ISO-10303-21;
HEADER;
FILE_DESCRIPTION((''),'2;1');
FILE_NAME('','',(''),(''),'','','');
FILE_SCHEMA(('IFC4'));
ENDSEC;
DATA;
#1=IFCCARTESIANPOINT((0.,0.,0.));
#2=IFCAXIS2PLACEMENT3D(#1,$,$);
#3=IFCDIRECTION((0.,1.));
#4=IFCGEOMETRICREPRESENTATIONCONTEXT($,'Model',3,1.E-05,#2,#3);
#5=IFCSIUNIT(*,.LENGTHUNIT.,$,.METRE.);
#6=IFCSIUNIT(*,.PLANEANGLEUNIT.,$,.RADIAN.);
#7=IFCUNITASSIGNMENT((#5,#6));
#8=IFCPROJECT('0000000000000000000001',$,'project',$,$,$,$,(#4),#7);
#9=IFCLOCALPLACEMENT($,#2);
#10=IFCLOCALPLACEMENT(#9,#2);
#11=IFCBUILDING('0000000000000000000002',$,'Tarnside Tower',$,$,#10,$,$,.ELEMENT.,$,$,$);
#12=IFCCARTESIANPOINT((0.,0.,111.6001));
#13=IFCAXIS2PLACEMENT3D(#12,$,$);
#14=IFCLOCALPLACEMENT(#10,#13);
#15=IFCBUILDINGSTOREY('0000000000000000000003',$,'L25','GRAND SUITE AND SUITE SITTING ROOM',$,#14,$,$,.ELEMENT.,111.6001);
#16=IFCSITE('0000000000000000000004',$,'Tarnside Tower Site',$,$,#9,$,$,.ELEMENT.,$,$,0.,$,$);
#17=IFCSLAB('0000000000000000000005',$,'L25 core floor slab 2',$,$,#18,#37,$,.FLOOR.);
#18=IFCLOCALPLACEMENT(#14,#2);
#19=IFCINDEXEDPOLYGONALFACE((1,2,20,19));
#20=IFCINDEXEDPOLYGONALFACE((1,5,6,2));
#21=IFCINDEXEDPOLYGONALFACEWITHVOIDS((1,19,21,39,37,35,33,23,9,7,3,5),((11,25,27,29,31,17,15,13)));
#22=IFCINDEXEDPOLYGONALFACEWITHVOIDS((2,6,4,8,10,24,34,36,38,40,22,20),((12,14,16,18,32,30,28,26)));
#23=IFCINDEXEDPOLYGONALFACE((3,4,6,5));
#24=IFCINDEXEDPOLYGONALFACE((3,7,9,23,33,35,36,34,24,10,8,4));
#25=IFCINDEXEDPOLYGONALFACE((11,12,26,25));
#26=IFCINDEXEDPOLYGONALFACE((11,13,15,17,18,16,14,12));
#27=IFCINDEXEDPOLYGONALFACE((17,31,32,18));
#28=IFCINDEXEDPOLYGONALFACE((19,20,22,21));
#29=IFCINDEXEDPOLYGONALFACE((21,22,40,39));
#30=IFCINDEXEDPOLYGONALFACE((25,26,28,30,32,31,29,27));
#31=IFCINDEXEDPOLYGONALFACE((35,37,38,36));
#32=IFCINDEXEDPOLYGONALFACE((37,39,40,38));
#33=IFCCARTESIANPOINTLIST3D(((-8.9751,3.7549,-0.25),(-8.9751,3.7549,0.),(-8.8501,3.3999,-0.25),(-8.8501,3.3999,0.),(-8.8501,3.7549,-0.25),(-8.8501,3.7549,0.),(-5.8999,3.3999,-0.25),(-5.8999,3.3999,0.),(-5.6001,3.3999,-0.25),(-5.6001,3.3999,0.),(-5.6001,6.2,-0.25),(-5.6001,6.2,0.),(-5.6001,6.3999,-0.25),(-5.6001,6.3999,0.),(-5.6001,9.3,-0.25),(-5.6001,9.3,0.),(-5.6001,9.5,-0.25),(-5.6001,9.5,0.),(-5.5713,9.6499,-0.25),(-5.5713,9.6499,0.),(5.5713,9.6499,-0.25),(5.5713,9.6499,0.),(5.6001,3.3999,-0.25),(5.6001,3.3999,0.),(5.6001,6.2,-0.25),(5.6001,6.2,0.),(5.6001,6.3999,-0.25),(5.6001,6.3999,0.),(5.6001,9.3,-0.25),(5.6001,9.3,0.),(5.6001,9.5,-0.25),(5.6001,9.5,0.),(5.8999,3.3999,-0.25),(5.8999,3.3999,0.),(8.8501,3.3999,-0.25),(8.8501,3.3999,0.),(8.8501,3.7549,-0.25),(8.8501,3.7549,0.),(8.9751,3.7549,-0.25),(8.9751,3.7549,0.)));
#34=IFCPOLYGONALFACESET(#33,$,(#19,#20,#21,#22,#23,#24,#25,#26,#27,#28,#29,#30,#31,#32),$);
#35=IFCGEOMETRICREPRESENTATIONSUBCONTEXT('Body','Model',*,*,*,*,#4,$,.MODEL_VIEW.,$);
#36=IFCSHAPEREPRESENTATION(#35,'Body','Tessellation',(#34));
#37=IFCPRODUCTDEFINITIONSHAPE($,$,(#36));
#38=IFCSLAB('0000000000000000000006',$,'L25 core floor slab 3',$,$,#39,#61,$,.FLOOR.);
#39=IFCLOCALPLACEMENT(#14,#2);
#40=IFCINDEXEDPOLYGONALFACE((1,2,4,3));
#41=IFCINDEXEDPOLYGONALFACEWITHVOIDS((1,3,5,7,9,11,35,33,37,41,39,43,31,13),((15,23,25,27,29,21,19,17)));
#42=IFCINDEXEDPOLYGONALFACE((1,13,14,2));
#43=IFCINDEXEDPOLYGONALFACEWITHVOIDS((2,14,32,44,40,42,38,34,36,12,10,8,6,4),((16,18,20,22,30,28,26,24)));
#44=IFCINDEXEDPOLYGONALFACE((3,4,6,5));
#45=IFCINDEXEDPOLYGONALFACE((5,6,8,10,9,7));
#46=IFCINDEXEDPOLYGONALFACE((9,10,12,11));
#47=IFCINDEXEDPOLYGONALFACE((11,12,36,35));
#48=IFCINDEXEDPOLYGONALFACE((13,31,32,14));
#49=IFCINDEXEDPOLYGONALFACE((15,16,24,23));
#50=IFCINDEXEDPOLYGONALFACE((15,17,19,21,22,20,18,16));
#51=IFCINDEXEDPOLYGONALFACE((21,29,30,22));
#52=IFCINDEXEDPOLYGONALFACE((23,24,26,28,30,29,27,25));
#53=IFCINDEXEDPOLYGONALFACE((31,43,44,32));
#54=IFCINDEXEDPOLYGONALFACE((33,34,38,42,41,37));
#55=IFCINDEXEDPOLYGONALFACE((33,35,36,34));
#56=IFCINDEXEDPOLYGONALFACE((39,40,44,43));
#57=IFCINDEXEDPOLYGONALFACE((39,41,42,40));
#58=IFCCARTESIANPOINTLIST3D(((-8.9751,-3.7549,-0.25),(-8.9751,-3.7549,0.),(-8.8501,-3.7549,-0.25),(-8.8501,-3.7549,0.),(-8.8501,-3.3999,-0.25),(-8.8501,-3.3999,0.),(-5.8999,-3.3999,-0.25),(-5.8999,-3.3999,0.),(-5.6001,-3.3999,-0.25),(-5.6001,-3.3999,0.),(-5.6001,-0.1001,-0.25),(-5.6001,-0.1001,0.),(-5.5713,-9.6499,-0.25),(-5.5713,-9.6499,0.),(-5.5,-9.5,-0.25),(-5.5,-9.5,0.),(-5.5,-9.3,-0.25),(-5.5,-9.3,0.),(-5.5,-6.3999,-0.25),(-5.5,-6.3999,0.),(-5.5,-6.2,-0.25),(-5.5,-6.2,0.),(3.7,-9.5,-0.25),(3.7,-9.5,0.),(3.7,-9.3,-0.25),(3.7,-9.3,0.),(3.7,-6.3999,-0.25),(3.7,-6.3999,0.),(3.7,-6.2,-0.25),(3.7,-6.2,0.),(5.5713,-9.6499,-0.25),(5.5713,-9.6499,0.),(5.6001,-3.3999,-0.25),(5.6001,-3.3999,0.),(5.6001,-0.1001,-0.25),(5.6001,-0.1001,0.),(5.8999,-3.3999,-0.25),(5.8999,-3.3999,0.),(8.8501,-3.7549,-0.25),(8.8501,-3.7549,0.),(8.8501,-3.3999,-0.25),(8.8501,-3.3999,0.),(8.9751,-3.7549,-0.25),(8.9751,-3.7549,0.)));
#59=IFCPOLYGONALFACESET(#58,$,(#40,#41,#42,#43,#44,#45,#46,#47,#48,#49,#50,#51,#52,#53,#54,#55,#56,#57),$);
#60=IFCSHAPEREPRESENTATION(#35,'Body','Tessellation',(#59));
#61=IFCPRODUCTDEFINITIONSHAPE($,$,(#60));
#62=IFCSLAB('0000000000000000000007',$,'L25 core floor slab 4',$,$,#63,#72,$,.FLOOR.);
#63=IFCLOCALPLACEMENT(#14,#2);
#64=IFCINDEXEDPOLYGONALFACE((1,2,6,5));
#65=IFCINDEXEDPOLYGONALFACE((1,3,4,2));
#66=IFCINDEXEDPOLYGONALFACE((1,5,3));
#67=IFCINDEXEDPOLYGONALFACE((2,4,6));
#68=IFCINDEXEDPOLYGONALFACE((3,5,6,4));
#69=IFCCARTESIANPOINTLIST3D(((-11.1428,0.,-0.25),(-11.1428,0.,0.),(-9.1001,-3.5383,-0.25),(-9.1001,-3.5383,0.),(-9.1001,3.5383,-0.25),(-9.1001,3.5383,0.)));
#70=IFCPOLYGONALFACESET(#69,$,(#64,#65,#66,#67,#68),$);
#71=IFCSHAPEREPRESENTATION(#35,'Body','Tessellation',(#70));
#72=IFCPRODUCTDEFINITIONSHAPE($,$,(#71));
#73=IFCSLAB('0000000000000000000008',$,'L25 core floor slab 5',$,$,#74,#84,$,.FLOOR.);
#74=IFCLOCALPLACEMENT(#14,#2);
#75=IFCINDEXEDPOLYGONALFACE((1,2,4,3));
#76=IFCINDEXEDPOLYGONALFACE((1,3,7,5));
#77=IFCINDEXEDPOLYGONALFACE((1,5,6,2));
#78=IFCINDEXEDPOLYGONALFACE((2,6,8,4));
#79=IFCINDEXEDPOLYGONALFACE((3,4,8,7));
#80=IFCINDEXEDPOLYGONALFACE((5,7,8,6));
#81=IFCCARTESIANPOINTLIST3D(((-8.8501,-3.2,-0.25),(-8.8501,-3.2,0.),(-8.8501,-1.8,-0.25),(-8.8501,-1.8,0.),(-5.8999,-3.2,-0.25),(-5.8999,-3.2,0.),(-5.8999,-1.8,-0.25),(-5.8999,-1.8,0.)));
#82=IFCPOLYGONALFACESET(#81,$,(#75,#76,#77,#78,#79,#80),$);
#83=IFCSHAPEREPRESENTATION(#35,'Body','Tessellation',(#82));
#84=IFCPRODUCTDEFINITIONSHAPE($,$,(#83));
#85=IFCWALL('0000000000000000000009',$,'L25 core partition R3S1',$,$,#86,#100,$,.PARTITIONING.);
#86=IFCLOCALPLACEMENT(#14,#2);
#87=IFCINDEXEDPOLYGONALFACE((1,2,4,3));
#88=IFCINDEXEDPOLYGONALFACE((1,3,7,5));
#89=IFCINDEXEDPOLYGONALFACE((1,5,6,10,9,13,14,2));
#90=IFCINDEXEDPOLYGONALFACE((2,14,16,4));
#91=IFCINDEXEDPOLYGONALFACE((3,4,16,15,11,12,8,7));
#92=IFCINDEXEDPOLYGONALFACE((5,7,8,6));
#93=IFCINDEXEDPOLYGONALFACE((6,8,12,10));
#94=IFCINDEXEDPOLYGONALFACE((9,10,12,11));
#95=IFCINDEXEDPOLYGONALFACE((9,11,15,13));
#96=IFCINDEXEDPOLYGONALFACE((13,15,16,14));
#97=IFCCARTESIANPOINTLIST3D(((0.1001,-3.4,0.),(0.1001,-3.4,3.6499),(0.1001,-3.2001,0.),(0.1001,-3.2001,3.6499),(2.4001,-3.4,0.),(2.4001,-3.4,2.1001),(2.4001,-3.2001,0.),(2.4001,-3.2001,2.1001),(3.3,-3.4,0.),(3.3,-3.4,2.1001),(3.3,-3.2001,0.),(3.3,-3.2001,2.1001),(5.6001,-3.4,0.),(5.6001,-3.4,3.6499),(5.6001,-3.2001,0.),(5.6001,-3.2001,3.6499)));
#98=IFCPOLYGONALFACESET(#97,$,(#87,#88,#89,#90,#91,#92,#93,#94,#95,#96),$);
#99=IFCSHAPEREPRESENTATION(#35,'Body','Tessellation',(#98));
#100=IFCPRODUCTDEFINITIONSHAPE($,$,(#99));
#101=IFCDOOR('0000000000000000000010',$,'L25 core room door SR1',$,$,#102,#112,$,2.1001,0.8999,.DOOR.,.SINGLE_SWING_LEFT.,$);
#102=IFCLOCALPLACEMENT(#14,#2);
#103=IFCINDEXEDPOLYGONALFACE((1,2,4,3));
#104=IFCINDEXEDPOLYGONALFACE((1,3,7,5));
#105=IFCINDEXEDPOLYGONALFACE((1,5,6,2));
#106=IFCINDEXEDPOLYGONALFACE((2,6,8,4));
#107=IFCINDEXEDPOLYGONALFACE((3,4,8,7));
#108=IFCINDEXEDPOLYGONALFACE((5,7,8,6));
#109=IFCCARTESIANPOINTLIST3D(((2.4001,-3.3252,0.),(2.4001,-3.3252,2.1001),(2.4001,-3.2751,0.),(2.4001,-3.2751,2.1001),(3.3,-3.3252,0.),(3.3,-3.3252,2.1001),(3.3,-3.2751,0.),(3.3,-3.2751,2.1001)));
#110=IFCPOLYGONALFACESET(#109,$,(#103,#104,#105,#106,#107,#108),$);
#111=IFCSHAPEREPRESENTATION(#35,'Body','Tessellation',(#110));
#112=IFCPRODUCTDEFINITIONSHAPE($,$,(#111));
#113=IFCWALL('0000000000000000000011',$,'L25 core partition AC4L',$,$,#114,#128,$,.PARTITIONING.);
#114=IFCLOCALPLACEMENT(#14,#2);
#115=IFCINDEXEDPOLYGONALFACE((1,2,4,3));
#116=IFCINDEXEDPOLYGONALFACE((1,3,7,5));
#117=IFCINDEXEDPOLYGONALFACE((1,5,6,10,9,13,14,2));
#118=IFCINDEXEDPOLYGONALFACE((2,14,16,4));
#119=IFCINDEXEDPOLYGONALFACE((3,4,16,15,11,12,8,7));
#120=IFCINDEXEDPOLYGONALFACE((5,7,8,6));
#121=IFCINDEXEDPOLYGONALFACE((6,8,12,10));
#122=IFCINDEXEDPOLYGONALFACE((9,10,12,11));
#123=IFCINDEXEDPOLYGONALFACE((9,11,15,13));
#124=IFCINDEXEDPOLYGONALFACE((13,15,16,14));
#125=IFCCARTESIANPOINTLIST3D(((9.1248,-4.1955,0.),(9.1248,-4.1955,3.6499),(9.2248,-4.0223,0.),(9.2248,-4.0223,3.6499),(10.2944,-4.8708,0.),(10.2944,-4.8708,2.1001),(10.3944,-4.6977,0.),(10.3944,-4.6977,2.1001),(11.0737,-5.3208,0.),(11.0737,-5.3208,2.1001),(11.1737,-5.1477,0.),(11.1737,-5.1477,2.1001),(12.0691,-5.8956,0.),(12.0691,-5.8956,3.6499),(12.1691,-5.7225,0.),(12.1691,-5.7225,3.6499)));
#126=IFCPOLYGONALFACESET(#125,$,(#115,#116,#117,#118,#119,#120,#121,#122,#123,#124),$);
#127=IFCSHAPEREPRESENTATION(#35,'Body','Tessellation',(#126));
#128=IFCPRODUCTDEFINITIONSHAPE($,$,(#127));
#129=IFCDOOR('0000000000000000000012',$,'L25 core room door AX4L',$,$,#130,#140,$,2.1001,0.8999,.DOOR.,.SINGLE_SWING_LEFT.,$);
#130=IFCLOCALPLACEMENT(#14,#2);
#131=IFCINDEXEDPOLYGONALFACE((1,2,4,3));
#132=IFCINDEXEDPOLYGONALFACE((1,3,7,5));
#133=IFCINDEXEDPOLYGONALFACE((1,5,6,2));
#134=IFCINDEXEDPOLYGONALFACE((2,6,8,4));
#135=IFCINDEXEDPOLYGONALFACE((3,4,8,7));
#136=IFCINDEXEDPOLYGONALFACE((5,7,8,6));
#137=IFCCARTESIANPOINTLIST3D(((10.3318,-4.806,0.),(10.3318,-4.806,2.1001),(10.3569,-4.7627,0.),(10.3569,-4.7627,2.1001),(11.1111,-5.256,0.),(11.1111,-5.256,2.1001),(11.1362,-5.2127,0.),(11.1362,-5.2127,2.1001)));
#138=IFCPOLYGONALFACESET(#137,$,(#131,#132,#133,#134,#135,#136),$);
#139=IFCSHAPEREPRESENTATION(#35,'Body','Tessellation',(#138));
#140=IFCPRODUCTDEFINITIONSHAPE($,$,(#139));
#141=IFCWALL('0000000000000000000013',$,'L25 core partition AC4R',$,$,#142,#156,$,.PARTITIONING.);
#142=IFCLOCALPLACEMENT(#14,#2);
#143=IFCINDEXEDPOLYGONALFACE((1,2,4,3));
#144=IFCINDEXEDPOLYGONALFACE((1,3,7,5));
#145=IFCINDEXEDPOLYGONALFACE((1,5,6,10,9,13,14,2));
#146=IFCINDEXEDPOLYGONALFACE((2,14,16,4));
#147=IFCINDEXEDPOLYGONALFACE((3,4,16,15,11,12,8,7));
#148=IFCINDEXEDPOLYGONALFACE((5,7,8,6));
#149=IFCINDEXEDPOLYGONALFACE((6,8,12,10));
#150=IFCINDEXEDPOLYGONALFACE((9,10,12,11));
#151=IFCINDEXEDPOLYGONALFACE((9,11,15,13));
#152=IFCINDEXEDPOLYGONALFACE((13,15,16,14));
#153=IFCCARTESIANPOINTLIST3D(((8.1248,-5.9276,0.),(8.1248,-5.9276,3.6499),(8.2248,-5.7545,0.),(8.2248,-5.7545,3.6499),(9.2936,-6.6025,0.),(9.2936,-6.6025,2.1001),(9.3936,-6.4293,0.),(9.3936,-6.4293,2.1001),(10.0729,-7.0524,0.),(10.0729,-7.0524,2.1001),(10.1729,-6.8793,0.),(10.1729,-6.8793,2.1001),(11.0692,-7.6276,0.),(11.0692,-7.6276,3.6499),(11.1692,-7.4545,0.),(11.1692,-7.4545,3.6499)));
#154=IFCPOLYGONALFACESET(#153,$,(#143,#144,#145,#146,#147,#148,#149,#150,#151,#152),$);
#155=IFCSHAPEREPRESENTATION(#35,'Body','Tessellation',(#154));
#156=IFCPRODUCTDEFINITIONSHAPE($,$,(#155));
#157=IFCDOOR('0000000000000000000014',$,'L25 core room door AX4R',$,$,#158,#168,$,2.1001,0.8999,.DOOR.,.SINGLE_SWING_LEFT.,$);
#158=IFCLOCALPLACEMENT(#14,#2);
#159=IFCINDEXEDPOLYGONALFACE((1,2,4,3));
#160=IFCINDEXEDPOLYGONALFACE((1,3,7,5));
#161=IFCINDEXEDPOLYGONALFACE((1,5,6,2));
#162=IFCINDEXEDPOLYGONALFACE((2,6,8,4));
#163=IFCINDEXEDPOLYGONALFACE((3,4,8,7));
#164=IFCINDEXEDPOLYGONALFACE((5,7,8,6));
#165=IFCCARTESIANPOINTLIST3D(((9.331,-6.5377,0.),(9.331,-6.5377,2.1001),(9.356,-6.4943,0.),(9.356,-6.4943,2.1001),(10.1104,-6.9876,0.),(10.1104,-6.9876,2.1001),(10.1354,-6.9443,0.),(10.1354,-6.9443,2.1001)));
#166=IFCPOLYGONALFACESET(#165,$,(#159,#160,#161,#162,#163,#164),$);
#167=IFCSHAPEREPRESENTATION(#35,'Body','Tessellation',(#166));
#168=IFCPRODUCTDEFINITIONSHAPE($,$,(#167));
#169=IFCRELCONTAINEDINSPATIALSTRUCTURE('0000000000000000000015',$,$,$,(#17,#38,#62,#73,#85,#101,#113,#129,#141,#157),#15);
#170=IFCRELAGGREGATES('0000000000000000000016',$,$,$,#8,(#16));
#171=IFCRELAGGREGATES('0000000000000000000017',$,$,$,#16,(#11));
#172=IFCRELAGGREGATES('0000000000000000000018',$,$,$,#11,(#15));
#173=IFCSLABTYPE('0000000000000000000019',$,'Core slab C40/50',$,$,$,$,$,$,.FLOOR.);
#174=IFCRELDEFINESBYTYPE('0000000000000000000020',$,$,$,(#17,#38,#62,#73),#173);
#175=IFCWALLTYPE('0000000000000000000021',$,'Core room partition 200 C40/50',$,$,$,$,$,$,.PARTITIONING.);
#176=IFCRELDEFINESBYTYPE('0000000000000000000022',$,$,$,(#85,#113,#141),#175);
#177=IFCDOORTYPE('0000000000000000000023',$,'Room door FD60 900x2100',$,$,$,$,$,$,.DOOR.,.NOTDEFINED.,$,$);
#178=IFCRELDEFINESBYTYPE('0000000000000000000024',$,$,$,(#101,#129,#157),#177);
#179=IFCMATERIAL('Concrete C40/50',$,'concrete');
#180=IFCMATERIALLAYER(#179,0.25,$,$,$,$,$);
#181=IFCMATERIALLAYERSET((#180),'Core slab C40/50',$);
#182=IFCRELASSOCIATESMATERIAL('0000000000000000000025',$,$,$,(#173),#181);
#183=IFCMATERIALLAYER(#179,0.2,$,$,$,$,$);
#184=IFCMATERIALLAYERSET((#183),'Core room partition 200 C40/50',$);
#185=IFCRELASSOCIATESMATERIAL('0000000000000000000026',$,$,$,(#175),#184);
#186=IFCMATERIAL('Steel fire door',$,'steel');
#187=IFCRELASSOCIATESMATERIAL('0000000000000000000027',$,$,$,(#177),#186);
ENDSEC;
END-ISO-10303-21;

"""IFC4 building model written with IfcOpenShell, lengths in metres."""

from ifc_helpers import new_model, si_unit, direction, frame, frame_2d, origin, place, context, subcontext, project, spatial, polyline, rectangle, outline, extrude, material, layer, layer_set, type_object, element, fill, save


model = new_model("IFC4")

# Units and contexts
model_context = context("Model", 3, precision=1e-05, world=origin(), true_north=direction((0.0, 1.0)))
body_context = subcontext(model_context, "Body", "Model", "MODEL_VIEW")
ifc_project = project(units=[si_unit("LENGTHUNIT", "METRE"), si_unit("PLANEANGLEUNIT", "RADIAN")], contexts=[model_context])

# Site, building, storey
site_placement = place(None, origin())
site = spatial("IfcSite", under=ifc_project, at=site_placement, Name="Tarnside Tower Site", CompositionType="ELEMENT", RefElevation=0.0)
building_placement = place(site_placement, origin())
building = spatial("IfcBuilding", under=site, at=building_placement, Name="Tarnside Tower", CompositionType="ELEMENT")
storey_placement = place(building_placement, frame((0.0, 0.0, 111.6001)))
storey = spatial("IfcBuildingStorey", under=building, at=storey_placement, Name="L25", Description="GRAND SUITE AND SUITE SITTING ROOM", CompositionType="ELEMENT", Elevation=111.6001)

# Slabs
ifc_material_1 = material(Name="Concrete C40/50", Category="concrete")
ifc_layer_1 = layer(ifc_material_1, 0.25)
ifc_layer_set_1 = layer_set([ifc_layer_1], Name="Core slab C40/50")
slab_type = type_object("IfcSlabType", Name="Core slab C40/50", PredefinedType="FLOOR", material=ifc_layer_set_1)
slab_1_placement = place(storey_placement, frame((0.0, 0.0, -0.25)))
element("IfcSlab", 1, at=slab_1_placement, inside=storey, type_object=slab_type, Name="L25 core floor slab 2", PredefinedType="FLOOR", context=body_context, shape_type="SweptSolid", body=[
    extrude(outline(polyline([(-8.9751, 3.7549), (-5.5713, 9.6499), (5.5713, 9.6499), (8.9751, 3.7549), (8.8501, 3.7549), (8.8501, 3.3999), (5.8999, 3.3999), (5.6001, 3.3999), (5.6001, 3.3999), (-5.6001, 3.3999), (-5.8999, 3.3999), (-8.8501, 3.3999), (-8.8501, 3.7549), (-8.9751, 3.7549)]), holes=[polyline([(-5.6001, 6.2), (5.6001, 6.2), (5.6001, 6.3999), (5.6001, 9.3), (5.6001, 9.5), (-5.6001, 9.5), (-5.6001, 9.3), (-5.6001, 6.3999), (-5.6001, 6.2)])]), origin(), (0.0, 0.0, 1.0), 0.25),
])
slab_2_placement = place(storey_placement, frame((0.0, 0.0, -0.25)))
element("IfcSlab", 2, at=slab_2_placement, inside=storey, type_object=slab_type, Name="L25 core floor slab 3", PredefinedType="FLOOR", context=body_context, shape_type="SweptSolid", body=[
    extrude(outline(polyline([(5.6001, -3.3999), (5.8999, -3.3999), (8.8501, -3.3999), (8.8501, -3.7549), (8.9751, -3.7549), (5.5713, -9.6499), (-5.5713, -9.6499), (-8.9751, -3.7549), (-8.8501, -3.7549), (-8.8501, -3.3999), (-5.8999, -3.3999), (-5.6001, -3.3999), (-5.6001, -0.1001), (5.6001, -0.1001), (5.6001, -3.3999)]), holes=[polyline([(-5.5, -9.3), (-5.5, -9.5), (3.7, -9.5), (3.7, -9.3), (3.7, -6.3999), (3.7, -6.2), (-5.5, -6.2), (-5.5, -6.3999), (-5.5, -9.3)])]), origin(), (0.0, 0.0, 1.0), 0.25),
])
slab_3_placement = place(storey_placement, frame((0.0, 0.0, -0.25)))
element("IfcSlab", 3, at=slab_3_placement, inside=storey, type_object=slab_type, Name="L25 core floor slab 4", PredefinedType="FLOOR", context=body_context, shape_type="SweptSolid", body=[
    extrude(outline(polyline([(-11.1428, 0.0), (-9.1001, 3.5383), (-9.1001, -3.5383), (-11.1428, 0.0)])), origin(), (0.0, 0.0, 1.0), 0.25),
])
slab_4_placement = place(storey_placement, frame((0.0, 0.0, -0.25)))
element("IfcSlab", 4, at=slab_4_placement, inside=storey, type_object=slab_type, Name="L25 core floor slab 5", PredefinedType="FLOOR", context=body_context, shape_type="SweptSolid", body=[
    extrude(outline(polyline([(-8.8501, -1.8), (-5.8999, -1.8), (-5.8999, -3.2), (-8.8501, -3.2), (-8.8501, -1.8)])), origin(), (0.0, 0.0, 1.0), 0.25),
])

# Walls, openings, doors
ifc_layer_2 = layer(ifc_material_1, 0.2)
ifc_layer_set_2 = layer_set([ifc_layer_2], Name="Core room partition 200 C40/50")
wall_type_1 = type_object("IfcWallType", Name="Core room partition 200 C40/50", PredefinedType="PARTITIONING", material=ifc_layer_set_2)
wall_1_placement = place(storey_placement, frame((0.1001, -3.3, 0.0), z_axis=(0.0, 0.0, 1.0), x_axis=(1.0, 0.0, 0.0)))
wall_1 = element("IfcWall", 5, at=wall_1_placement, inside=storey, type_object=wall_type_1, Name="L25 core partition R3S1", PredefinedType="PARTITIONING", context=body_context, shape_type="SweptSolid", body=[
    extrude(rectangle(XDim=5.5, YDim=0.2, at=frame_2d((2.75, 0.0))), origin(), (0.0, 0.0, 1.0), 3.6499),
])
opening_1_placement = place(wall_1_placement, frame((2.3, 0.0, 0.0)))
opening_1 = element("IfcOpeningElement", 6, at=opening_1_placement, cuts=wall_1, PredefinedType="OPENING", context=body_context, shape_type="SweptSolid", body=[
    extrude(rectangle(XDim=0.8999, YDim=2.1001, at=frame_2d((0.45, 1.05))), frame((0.0, 0.1099, 0.0), z_axis=(0.0, -1.0, 0.0), x_axis=(1.0, 0.0, 0.0)), (0.0, 0.0, 1.0), 0.22),
])
ifc_material_2 = material(Name="Steel fire door", Category="steel")
door_type_1 = type_object("IfcDoorType", Name="Room door FD60 900x2100", OperationType="NOTDEFINED", PredefinedType="DOOR", material=ifc_material_2)
door_1_placement = place(opening_1_placement, origin())
door_1 = element("IfcDoor", 7, at=door_1_placement, inside=storey, type_object=door_type_1, Name="L25 core room door SR1", OperationType="SINGLE_SWING_LEFT", OverallHeight=2.1001, OverallWidth=0.8999, PredefinedType="DOOR", context=body_context, shape_type="SweptSolid", body=[
    extrude(rectangle(XDim=0.8999, YDim=2.1001, at=frame_2d((0.45, 1.05))), frame((0.0, 0.0249, 0.0), z_axis=(0.0, -1.0, 0.0), x_axis=(1.0, 0.0, 0.0)), (0.0, 0.0, 1.0), 0.05),
])
fill(opening_1, door_1)
wall_2_placement = place(storey_placement, frame((9.1748, -4.1089, 0.0), z_axis=(0.0, 0.0, 1.0), x_axis=(0.865989, -0.500062, 0.0)))
wall_2 = element("IfcWall", 8, at=wall_2_placement, inside=storey, type_object=wall_type_1, Name="L25 core partition AC4L", PredefinedType="PARTITIONING", context=body_context, shape_type="SweptSolid", body=[
    extrude(rectangle(XDim=3.3999, YDim=0.2, at=frame_2d((1.7, 0.0))), origin(), (0.0, 0.0, 1.0), 3.6499),
])
opening_2_placement = place(wall_2_placement, frame((1.3506, 0.0, 0.0)))
opening_2 = element("IfcOpeningElement", 9, at=opening_2_placement, cuts=wall_2, PredefinedType="OPENING", context=body_context, shape_type="SweptSolid", body=[
    extrude(rectangle(XDim=0.8999, YDim=2.1001, at=frame_2d((0.45, 1.05))), frame((0.0, 0.1099, 0.0), z_axis=(0.0, -1.0, 0.0), x_axis=(1.0, 0.0, 0.0)), (0.0, 0.0, 1.0), 0.22),
])
door_2_placement = place(opening_2_placement, origin())
door_2 = element("IfcDoor", 10, at=door_2_placement, inside=storey, type_object=door_type_1, Name="L25 core room door AX4L", OperationType="SINGLE_SWING_LEFT", OverallHeight=2.1001, OverallWidth=0.8999, PredefinedType="DOOR", context=body_context, shape_type="SweptSolid", body=[
    extrude(rectangle(XDim=0.8999, YDim=2.1001, at=frame_2d((0.45, 1.05))), frame((0.0, 0.0249, 0.0), z_axis=(0.0, -1.0, 0.0), x_axis=(1.0, 0.0, 0.0)), (0.0, 0.0, 1.0), 0.05),
])
fill(opening_2, door_2)
wall_3_placement = place(storey_placement, frame((8.1748, -5.8411, 0.0), z_axis=(0.0, 0.0, 1.0), x_axis=(0.866021, -0.500008, 0.0)))
wall_3 = element("IfcWall", 11, at=wall_3_placement, inside=storey, type_object=wall_type_1, Name="L25 core partition AC4R", PredefinedType="PARTITIONING", context=body_context, shape_type="SweptSolid", body=[
    extrude(rectangle(XDim=3.3999, YDim=0.2, at=frame_2d((1.7, 0.0))), origin(), (0.0, 0.0, 1.0), 3.6499),
])
opening_3_placement = place(wall_3_placement, frame((1.3496, 0.0, 0.0)))
opening_3 = element("IfcOpeningElement", 12, at=opening_3_placement, cuts=wall_3, PredefinedType="OPENING", context=body_context, shape_type="SweptSolid", body=[
    extrude(rectangle(XDim=0.8999, YDim=2.1001, at=frame_2d((0.45, 1.05))), frame((0.0, 0.1099, 0.0), z_axis=(0.0, -1.0, 0.0), x_axis=(1.0, 0.0, 0.0)), (0.0, 0.0, 1.0), 0.22),
])
door_3_placement = place(opening_3_placement, origin())
door_3 = element("IfcDoor", 13, at=door_3_placement, inside=storey, type_object=door_type_1, Name="L25 core room door AX4R", OperationType="SINGLE_SWING_LEFT", OverallHeight=2.1001, OverallWidth=0.8999, PredefinedType="DOOR", context=body_context, shape_type="SweptSolid", body=[
    extrude(rectangle(XDim=0.8999, YDim=2.1001, at=frame_2d((0.45, 1.05))), frame((0.0, 0.0249, 0.0), z_axis=(0.0, -1.0, 0.0), x_axis=(1.0, 0.0, 0.0)), (0.0, 0.0, 1.0), 0.05),
])
fill(opening_3, door_3)

save(model, "model.ifc")
